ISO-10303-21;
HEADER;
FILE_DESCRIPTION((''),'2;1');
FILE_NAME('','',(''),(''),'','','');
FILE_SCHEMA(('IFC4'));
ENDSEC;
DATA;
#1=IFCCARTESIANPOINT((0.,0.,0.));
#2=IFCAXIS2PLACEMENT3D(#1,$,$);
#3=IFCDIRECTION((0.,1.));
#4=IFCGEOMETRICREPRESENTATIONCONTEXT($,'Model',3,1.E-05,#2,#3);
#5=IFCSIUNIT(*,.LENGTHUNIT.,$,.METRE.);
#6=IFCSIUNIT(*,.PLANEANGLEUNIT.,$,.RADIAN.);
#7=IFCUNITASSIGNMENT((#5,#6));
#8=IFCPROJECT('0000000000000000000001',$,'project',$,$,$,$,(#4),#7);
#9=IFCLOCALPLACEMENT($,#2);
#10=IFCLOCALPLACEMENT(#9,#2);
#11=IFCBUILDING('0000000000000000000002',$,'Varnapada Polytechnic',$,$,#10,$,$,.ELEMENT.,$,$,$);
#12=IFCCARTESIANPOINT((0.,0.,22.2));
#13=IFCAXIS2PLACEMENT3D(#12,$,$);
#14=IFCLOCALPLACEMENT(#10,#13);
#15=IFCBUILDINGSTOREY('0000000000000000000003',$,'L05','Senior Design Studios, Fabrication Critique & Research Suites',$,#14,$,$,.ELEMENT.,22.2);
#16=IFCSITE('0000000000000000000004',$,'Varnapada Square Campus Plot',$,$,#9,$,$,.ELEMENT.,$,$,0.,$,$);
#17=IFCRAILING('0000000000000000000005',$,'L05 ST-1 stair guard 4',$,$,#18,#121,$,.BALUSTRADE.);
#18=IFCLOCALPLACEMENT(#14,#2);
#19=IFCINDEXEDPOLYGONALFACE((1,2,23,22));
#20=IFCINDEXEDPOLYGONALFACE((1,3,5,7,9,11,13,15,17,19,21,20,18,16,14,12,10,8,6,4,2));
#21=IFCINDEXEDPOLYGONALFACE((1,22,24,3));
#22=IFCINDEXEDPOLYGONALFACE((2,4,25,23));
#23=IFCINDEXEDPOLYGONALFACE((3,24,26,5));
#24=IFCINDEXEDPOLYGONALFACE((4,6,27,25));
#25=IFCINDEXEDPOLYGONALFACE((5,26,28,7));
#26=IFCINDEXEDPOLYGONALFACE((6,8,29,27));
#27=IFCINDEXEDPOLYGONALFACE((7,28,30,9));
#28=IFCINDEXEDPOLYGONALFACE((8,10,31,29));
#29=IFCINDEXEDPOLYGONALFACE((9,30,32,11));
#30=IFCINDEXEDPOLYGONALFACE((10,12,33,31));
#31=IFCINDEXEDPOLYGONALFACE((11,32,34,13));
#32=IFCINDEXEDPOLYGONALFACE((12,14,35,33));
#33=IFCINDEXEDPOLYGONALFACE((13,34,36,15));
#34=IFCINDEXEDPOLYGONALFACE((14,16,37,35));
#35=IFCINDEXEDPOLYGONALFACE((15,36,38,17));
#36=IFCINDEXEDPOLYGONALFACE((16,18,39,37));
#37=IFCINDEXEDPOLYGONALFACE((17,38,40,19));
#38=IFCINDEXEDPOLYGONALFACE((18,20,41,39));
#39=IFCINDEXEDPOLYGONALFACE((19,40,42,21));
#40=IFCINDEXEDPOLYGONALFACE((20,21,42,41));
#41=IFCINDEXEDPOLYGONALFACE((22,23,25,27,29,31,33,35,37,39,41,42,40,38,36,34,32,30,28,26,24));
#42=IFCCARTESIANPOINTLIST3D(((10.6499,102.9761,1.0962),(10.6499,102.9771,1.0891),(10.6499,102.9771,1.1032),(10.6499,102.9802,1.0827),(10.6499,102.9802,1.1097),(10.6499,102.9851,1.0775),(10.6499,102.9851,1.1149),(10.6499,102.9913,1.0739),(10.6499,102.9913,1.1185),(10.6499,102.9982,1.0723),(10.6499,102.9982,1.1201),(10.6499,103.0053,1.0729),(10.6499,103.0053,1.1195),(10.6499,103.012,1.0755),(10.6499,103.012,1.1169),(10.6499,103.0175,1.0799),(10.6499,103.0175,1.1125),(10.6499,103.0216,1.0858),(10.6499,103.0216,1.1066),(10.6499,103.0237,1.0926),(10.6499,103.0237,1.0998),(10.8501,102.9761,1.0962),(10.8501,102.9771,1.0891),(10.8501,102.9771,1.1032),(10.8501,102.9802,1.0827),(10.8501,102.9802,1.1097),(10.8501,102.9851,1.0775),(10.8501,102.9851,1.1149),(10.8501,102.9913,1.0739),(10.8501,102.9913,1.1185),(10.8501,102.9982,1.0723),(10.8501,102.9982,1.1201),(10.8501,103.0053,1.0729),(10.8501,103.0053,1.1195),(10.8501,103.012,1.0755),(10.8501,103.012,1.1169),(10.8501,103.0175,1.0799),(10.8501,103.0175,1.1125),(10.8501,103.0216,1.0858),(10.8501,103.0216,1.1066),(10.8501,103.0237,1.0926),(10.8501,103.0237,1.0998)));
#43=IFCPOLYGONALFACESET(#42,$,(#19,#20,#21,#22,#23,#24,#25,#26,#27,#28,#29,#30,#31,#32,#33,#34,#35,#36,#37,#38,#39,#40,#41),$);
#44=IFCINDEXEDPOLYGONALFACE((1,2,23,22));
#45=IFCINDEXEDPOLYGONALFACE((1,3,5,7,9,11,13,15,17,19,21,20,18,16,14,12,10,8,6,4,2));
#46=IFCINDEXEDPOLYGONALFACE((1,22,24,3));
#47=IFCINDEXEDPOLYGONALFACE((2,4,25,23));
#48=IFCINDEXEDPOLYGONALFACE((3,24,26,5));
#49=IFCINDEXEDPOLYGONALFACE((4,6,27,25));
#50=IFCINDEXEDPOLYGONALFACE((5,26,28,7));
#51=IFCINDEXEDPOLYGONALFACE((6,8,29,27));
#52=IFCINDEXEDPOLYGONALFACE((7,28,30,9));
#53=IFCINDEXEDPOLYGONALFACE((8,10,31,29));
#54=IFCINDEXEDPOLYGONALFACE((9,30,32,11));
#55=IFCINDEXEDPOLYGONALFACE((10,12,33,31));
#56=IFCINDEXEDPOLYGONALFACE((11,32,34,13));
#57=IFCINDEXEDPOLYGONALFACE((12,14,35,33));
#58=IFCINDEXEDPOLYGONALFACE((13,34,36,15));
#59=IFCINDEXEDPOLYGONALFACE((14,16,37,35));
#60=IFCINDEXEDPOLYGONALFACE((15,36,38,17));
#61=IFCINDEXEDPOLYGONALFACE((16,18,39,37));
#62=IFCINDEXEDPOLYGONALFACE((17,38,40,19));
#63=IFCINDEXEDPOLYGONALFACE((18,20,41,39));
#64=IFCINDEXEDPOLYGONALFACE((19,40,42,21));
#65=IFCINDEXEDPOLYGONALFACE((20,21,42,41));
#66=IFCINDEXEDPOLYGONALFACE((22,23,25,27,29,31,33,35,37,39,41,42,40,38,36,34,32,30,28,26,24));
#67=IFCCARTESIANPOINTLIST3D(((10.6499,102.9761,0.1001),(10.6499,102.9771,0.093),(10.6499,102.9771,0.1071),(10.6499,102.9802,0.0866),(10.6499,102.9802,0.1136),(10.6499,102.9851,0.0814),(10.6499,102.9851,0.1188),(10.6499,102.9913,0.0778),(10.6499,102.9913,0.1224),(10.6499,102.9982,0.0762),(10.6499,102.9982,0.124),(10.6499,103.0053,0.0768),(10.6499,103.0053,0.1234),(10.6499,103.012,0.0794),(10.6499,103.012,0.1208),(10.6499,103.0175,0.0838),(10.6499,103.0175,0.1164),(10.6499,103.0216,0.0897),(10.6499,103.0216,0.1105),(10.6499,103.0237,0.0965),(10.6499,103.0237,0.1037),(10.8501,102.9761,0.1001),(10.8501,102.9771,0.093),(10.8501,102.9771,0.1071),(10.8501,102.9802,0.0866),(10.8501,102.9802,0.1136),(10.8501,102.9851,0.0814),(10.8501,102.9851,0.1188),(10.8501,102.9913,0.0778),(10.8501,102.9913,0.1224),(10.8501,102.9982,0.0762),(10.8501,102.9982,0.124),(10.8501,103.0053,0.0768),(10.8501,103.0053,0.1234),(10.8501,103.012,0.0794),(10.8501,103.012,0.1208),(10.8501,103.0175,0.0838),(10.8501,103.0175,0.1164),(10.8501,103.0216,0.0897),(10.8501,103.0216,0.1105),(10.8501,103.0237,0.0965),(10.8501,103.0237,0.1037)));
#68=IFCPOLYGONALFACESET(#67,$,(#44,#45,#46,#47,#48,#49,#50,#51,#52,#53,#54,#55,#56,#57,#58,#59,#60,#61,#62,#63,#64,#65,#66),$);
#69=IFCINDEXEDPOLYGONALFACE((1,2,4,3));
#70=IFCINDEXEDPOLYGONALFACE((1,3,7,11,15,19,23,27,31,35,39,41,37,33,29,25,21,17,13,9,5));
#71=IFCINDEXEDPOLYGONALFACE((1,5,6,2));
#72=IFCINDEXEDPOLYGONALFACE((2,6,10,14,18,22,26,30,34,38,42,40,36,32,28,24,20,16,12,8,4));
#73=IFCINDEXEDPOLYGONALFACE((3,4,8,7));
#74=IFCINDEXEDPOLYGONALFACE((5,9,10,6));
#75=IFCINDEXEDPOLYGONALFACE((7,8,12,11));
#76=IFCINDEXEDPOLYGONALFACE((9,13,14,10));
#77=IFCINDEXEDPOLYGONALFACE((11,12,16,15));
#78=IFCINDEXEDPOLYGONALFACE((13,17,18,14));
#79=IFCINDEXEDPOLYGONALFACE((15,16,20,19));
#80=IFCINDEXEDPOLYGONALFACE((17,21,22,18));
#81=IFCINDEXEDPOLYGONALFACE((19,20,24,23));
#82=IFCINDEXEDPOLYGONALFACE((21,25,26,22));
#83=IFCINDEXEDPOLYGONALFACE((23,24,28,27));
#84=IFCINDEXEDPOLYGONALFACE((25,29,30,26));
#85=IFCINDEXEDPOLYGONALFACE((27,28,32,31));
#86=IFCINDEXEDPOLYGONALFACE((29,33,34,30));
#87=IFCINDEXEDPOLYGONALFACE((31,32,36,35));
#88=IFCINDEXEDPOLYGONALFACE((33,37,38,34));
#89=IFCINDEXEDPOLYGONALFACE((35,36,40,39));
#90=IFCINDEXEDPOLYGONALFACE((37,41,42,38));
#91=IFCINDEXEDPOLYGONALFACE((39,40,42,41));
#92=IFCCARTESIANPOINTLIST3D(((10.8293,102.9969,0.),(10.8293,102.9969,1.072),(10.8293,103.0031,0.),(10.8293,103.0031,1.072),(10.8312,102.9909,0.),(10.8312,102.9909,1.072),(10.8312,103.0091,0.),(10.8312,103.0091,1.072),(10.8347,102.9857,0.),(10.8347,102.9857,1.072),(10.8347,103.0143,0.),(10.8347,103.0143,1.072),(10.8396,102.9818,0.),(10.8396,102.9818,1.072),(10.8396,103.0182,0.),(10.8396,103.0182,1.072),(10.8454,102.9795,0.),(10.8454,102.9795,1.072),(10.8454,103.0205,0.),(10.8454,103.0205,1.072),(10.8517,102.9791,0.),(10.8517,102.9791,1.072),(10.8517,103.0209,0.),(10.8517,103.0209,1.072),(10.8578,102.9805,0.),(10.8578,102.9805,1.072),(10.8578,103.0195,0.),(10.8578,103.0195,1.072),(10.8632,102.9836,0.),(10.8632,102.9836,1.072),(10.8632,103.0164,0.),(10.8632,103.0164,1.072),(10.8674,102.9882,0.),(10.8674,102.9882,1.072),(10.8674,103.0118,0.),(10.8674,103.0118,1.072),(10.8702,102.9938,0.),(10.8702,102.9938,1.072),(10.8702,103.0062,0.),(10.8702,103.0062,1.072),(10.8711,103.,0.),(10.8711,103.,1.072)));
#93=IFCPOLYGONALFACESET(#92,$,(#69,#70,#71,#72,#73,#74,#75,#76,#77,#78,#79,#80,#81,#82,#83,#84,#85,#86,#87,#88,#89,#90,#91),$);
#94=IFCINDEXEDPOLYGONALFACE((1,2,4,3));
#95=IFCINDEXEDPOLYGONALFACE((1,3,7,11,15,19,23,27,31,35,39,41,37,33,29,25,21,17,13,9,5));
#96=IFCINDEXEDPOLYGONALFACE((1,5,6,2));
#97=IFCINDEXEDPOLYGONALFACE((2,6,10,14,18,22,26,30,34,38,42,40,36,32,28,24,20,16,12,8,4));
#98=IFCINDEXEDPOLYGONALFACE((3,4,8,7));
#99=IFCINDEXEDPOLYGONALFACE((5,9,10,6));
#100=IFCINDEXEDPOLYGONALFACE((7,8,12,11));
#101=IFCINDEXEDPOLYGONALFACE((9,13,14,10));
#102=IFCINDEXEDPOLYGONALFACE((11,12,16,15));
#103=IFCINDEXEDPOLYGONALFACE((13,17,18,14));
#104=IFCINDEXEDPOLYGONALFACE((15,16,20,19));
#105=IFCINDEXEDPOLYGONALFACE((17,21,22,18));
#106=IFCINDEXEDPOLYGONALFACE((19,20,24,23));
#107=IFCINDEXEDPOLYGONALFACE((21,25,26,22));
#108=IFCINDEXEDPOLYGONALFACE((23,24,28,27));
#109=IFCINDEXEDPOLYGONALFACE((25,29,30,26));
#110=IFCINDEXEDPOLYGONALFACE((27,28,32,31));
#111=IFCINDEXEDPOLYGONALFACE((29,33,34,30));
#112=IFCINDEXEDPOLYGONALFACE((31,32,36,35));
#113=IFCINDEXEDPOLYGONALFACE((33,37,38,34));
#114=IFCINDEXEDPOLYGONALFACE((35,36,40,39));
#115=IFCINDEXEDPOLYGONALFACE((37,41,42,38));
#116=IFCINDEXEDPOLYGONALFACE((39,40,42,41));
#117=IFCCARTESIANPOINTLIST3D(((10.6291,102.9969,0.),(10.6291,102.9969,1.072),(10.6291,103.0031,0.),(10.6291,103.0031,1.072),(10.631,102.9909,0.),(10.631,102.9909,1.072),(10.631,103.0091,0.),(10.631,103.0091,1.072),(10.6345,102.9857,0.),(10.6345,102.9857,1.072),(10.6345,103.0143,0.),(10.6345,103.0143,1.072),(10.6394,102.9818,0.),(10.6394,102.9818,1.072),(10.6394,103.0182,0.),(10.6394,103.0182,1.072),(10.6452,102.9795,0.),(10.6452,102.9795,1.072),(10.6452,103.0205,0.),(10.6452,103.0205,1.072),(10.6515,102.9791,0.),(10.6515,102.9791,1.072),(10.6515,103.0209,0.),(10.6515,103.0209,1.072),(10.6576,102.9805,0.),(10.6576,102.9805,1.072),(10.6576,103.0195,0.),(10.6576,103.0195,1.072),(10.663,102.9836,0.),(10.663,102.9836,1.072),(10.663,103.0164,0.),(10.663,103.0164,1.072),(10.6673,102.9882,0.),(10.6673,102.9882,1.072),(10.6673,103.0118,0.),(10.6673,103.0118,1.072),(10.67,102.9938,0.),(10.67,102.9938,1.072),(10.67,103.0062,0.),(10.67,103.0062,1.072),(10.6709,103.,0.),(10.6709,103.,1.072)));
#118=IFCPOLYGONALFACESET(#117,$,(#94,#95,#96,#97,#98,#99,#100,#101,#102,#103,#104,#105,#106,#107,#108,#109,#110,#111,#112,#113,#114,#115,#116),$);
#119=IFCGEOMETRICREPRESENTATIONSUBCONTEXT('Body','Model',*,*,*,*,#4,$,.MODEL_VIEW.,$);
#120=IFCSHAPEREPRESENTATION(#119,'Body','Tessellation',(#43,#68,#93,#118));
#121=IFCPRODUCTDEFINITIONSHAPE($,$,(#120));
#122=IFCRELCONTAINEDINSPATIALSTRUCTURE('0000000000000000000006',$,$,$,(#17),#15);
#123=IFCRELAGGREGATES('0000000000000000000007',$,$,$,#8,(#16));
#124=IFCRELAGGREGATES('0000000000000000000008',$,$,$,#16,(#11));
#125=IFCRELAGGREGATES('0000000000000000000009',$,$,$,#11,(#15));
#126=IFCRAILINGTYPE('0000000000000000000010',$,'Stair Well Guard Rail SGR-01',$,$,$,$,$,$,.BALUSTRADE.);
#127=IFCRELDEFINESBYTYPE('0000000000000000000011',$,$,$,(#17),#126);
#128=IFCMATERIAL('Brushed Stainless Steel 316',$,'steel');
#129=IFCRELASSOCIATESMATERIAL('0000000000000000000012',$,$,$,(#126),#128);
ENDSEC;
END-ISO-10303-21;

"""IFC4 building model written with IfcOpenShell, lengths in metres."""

from ifc_helpers import new_model, si_unit, direction, frame, origin, origin_2d, place, context, subcontext, project, spatial, circle, extrude, material, type_object, element, save


model = new_model("IFC4")

# Units and contexts
model_context = context("Model", 3, precision=1e-05, world=origin(), true_north=direction((0.0, 1.0)))
body_context = subcontext(model_context, "Body", "Model", "MODEL_VIEW")
ifc_project = project(units=[si_unit("LENGTHUNIT", "METRE"), si_unit("PLANEANGLEUNIT", "RADIAN")], contexts=[model_context])

# Site, building, storey
site_placement = place(None, origin())
site = spatial("IfcSite", under=ifc_project, at=site_placement, Name="Varnapada Square Campus Plot", CompositionType="ELEMENT", RefElevation=0.0)
building_placement = place(site_placement, origin())
building = spatial("IfcBuilding", under=site, at=building_placement, Name="Varnapada Polytechnic", CompositionType="ELEMENT")
storey_placement = place(building_placement, frame((0.0, 0.0, 22.2)))
storey = spatial("IfcBuildingStorey", under=building, at=storey_placement, Name="L05", Description="Senior Design Studios, Fabrication Critique & Research Suites", CompositionType="ELEMENT", Elevation=22.2)

# Shared definitions
ifc_material_1 = material(Name="Brushed Stainless Steel 316", Category="steel")

# Railing
railing_type_1 = type_object("IfcRailingType", Name="Stair Well Guard Rail SGR-01", PredefinedType="BALUSTRADE", material=ifc_material_1)
railing_1_placement = place(storey_placement, frame((10.8501, 103.0, 0.0)))
element("IfcRailing", 1, at=railing_1_placement, inside=storey, type_object=railing_type_1, Name="L05 ST-1 stair guard 4", PredefinedType="BALUSTRADE", context=body_context, shape_type="SweptSolid", body=[
    extrude(circle(Radius=0.0239, at=origin_2d()), frame((0.0, 0.0, 1.0962), z_axis=(-1.0, 0.0, 0.0), x_axis=(0.0, -1.0, 0.0)), (0.0, 0.0, 1.0), 0.2002),
    extrude(circle(Radius=0.0239, at=origin_2d()), frame((0.0, 0.0, 0.1001), z_axis=(-1.0, 0.0, 0.0), x_axis=(0.0, -1.0, 0.0)), (0.0, 0.0, 1.0), 0.2002),
    extrude(circle(Radius=0.021, at=origin_2d()), origin(), (0.0, 0.0, 1.0), 1.072),
    extrude(circle(Radius=0.021, at=origin_2d()), frame((-0.2002, 0.0, 0.0)), (0.0, 0.0, 1.0), 1.072),
])

save(model, "model.ifc")
